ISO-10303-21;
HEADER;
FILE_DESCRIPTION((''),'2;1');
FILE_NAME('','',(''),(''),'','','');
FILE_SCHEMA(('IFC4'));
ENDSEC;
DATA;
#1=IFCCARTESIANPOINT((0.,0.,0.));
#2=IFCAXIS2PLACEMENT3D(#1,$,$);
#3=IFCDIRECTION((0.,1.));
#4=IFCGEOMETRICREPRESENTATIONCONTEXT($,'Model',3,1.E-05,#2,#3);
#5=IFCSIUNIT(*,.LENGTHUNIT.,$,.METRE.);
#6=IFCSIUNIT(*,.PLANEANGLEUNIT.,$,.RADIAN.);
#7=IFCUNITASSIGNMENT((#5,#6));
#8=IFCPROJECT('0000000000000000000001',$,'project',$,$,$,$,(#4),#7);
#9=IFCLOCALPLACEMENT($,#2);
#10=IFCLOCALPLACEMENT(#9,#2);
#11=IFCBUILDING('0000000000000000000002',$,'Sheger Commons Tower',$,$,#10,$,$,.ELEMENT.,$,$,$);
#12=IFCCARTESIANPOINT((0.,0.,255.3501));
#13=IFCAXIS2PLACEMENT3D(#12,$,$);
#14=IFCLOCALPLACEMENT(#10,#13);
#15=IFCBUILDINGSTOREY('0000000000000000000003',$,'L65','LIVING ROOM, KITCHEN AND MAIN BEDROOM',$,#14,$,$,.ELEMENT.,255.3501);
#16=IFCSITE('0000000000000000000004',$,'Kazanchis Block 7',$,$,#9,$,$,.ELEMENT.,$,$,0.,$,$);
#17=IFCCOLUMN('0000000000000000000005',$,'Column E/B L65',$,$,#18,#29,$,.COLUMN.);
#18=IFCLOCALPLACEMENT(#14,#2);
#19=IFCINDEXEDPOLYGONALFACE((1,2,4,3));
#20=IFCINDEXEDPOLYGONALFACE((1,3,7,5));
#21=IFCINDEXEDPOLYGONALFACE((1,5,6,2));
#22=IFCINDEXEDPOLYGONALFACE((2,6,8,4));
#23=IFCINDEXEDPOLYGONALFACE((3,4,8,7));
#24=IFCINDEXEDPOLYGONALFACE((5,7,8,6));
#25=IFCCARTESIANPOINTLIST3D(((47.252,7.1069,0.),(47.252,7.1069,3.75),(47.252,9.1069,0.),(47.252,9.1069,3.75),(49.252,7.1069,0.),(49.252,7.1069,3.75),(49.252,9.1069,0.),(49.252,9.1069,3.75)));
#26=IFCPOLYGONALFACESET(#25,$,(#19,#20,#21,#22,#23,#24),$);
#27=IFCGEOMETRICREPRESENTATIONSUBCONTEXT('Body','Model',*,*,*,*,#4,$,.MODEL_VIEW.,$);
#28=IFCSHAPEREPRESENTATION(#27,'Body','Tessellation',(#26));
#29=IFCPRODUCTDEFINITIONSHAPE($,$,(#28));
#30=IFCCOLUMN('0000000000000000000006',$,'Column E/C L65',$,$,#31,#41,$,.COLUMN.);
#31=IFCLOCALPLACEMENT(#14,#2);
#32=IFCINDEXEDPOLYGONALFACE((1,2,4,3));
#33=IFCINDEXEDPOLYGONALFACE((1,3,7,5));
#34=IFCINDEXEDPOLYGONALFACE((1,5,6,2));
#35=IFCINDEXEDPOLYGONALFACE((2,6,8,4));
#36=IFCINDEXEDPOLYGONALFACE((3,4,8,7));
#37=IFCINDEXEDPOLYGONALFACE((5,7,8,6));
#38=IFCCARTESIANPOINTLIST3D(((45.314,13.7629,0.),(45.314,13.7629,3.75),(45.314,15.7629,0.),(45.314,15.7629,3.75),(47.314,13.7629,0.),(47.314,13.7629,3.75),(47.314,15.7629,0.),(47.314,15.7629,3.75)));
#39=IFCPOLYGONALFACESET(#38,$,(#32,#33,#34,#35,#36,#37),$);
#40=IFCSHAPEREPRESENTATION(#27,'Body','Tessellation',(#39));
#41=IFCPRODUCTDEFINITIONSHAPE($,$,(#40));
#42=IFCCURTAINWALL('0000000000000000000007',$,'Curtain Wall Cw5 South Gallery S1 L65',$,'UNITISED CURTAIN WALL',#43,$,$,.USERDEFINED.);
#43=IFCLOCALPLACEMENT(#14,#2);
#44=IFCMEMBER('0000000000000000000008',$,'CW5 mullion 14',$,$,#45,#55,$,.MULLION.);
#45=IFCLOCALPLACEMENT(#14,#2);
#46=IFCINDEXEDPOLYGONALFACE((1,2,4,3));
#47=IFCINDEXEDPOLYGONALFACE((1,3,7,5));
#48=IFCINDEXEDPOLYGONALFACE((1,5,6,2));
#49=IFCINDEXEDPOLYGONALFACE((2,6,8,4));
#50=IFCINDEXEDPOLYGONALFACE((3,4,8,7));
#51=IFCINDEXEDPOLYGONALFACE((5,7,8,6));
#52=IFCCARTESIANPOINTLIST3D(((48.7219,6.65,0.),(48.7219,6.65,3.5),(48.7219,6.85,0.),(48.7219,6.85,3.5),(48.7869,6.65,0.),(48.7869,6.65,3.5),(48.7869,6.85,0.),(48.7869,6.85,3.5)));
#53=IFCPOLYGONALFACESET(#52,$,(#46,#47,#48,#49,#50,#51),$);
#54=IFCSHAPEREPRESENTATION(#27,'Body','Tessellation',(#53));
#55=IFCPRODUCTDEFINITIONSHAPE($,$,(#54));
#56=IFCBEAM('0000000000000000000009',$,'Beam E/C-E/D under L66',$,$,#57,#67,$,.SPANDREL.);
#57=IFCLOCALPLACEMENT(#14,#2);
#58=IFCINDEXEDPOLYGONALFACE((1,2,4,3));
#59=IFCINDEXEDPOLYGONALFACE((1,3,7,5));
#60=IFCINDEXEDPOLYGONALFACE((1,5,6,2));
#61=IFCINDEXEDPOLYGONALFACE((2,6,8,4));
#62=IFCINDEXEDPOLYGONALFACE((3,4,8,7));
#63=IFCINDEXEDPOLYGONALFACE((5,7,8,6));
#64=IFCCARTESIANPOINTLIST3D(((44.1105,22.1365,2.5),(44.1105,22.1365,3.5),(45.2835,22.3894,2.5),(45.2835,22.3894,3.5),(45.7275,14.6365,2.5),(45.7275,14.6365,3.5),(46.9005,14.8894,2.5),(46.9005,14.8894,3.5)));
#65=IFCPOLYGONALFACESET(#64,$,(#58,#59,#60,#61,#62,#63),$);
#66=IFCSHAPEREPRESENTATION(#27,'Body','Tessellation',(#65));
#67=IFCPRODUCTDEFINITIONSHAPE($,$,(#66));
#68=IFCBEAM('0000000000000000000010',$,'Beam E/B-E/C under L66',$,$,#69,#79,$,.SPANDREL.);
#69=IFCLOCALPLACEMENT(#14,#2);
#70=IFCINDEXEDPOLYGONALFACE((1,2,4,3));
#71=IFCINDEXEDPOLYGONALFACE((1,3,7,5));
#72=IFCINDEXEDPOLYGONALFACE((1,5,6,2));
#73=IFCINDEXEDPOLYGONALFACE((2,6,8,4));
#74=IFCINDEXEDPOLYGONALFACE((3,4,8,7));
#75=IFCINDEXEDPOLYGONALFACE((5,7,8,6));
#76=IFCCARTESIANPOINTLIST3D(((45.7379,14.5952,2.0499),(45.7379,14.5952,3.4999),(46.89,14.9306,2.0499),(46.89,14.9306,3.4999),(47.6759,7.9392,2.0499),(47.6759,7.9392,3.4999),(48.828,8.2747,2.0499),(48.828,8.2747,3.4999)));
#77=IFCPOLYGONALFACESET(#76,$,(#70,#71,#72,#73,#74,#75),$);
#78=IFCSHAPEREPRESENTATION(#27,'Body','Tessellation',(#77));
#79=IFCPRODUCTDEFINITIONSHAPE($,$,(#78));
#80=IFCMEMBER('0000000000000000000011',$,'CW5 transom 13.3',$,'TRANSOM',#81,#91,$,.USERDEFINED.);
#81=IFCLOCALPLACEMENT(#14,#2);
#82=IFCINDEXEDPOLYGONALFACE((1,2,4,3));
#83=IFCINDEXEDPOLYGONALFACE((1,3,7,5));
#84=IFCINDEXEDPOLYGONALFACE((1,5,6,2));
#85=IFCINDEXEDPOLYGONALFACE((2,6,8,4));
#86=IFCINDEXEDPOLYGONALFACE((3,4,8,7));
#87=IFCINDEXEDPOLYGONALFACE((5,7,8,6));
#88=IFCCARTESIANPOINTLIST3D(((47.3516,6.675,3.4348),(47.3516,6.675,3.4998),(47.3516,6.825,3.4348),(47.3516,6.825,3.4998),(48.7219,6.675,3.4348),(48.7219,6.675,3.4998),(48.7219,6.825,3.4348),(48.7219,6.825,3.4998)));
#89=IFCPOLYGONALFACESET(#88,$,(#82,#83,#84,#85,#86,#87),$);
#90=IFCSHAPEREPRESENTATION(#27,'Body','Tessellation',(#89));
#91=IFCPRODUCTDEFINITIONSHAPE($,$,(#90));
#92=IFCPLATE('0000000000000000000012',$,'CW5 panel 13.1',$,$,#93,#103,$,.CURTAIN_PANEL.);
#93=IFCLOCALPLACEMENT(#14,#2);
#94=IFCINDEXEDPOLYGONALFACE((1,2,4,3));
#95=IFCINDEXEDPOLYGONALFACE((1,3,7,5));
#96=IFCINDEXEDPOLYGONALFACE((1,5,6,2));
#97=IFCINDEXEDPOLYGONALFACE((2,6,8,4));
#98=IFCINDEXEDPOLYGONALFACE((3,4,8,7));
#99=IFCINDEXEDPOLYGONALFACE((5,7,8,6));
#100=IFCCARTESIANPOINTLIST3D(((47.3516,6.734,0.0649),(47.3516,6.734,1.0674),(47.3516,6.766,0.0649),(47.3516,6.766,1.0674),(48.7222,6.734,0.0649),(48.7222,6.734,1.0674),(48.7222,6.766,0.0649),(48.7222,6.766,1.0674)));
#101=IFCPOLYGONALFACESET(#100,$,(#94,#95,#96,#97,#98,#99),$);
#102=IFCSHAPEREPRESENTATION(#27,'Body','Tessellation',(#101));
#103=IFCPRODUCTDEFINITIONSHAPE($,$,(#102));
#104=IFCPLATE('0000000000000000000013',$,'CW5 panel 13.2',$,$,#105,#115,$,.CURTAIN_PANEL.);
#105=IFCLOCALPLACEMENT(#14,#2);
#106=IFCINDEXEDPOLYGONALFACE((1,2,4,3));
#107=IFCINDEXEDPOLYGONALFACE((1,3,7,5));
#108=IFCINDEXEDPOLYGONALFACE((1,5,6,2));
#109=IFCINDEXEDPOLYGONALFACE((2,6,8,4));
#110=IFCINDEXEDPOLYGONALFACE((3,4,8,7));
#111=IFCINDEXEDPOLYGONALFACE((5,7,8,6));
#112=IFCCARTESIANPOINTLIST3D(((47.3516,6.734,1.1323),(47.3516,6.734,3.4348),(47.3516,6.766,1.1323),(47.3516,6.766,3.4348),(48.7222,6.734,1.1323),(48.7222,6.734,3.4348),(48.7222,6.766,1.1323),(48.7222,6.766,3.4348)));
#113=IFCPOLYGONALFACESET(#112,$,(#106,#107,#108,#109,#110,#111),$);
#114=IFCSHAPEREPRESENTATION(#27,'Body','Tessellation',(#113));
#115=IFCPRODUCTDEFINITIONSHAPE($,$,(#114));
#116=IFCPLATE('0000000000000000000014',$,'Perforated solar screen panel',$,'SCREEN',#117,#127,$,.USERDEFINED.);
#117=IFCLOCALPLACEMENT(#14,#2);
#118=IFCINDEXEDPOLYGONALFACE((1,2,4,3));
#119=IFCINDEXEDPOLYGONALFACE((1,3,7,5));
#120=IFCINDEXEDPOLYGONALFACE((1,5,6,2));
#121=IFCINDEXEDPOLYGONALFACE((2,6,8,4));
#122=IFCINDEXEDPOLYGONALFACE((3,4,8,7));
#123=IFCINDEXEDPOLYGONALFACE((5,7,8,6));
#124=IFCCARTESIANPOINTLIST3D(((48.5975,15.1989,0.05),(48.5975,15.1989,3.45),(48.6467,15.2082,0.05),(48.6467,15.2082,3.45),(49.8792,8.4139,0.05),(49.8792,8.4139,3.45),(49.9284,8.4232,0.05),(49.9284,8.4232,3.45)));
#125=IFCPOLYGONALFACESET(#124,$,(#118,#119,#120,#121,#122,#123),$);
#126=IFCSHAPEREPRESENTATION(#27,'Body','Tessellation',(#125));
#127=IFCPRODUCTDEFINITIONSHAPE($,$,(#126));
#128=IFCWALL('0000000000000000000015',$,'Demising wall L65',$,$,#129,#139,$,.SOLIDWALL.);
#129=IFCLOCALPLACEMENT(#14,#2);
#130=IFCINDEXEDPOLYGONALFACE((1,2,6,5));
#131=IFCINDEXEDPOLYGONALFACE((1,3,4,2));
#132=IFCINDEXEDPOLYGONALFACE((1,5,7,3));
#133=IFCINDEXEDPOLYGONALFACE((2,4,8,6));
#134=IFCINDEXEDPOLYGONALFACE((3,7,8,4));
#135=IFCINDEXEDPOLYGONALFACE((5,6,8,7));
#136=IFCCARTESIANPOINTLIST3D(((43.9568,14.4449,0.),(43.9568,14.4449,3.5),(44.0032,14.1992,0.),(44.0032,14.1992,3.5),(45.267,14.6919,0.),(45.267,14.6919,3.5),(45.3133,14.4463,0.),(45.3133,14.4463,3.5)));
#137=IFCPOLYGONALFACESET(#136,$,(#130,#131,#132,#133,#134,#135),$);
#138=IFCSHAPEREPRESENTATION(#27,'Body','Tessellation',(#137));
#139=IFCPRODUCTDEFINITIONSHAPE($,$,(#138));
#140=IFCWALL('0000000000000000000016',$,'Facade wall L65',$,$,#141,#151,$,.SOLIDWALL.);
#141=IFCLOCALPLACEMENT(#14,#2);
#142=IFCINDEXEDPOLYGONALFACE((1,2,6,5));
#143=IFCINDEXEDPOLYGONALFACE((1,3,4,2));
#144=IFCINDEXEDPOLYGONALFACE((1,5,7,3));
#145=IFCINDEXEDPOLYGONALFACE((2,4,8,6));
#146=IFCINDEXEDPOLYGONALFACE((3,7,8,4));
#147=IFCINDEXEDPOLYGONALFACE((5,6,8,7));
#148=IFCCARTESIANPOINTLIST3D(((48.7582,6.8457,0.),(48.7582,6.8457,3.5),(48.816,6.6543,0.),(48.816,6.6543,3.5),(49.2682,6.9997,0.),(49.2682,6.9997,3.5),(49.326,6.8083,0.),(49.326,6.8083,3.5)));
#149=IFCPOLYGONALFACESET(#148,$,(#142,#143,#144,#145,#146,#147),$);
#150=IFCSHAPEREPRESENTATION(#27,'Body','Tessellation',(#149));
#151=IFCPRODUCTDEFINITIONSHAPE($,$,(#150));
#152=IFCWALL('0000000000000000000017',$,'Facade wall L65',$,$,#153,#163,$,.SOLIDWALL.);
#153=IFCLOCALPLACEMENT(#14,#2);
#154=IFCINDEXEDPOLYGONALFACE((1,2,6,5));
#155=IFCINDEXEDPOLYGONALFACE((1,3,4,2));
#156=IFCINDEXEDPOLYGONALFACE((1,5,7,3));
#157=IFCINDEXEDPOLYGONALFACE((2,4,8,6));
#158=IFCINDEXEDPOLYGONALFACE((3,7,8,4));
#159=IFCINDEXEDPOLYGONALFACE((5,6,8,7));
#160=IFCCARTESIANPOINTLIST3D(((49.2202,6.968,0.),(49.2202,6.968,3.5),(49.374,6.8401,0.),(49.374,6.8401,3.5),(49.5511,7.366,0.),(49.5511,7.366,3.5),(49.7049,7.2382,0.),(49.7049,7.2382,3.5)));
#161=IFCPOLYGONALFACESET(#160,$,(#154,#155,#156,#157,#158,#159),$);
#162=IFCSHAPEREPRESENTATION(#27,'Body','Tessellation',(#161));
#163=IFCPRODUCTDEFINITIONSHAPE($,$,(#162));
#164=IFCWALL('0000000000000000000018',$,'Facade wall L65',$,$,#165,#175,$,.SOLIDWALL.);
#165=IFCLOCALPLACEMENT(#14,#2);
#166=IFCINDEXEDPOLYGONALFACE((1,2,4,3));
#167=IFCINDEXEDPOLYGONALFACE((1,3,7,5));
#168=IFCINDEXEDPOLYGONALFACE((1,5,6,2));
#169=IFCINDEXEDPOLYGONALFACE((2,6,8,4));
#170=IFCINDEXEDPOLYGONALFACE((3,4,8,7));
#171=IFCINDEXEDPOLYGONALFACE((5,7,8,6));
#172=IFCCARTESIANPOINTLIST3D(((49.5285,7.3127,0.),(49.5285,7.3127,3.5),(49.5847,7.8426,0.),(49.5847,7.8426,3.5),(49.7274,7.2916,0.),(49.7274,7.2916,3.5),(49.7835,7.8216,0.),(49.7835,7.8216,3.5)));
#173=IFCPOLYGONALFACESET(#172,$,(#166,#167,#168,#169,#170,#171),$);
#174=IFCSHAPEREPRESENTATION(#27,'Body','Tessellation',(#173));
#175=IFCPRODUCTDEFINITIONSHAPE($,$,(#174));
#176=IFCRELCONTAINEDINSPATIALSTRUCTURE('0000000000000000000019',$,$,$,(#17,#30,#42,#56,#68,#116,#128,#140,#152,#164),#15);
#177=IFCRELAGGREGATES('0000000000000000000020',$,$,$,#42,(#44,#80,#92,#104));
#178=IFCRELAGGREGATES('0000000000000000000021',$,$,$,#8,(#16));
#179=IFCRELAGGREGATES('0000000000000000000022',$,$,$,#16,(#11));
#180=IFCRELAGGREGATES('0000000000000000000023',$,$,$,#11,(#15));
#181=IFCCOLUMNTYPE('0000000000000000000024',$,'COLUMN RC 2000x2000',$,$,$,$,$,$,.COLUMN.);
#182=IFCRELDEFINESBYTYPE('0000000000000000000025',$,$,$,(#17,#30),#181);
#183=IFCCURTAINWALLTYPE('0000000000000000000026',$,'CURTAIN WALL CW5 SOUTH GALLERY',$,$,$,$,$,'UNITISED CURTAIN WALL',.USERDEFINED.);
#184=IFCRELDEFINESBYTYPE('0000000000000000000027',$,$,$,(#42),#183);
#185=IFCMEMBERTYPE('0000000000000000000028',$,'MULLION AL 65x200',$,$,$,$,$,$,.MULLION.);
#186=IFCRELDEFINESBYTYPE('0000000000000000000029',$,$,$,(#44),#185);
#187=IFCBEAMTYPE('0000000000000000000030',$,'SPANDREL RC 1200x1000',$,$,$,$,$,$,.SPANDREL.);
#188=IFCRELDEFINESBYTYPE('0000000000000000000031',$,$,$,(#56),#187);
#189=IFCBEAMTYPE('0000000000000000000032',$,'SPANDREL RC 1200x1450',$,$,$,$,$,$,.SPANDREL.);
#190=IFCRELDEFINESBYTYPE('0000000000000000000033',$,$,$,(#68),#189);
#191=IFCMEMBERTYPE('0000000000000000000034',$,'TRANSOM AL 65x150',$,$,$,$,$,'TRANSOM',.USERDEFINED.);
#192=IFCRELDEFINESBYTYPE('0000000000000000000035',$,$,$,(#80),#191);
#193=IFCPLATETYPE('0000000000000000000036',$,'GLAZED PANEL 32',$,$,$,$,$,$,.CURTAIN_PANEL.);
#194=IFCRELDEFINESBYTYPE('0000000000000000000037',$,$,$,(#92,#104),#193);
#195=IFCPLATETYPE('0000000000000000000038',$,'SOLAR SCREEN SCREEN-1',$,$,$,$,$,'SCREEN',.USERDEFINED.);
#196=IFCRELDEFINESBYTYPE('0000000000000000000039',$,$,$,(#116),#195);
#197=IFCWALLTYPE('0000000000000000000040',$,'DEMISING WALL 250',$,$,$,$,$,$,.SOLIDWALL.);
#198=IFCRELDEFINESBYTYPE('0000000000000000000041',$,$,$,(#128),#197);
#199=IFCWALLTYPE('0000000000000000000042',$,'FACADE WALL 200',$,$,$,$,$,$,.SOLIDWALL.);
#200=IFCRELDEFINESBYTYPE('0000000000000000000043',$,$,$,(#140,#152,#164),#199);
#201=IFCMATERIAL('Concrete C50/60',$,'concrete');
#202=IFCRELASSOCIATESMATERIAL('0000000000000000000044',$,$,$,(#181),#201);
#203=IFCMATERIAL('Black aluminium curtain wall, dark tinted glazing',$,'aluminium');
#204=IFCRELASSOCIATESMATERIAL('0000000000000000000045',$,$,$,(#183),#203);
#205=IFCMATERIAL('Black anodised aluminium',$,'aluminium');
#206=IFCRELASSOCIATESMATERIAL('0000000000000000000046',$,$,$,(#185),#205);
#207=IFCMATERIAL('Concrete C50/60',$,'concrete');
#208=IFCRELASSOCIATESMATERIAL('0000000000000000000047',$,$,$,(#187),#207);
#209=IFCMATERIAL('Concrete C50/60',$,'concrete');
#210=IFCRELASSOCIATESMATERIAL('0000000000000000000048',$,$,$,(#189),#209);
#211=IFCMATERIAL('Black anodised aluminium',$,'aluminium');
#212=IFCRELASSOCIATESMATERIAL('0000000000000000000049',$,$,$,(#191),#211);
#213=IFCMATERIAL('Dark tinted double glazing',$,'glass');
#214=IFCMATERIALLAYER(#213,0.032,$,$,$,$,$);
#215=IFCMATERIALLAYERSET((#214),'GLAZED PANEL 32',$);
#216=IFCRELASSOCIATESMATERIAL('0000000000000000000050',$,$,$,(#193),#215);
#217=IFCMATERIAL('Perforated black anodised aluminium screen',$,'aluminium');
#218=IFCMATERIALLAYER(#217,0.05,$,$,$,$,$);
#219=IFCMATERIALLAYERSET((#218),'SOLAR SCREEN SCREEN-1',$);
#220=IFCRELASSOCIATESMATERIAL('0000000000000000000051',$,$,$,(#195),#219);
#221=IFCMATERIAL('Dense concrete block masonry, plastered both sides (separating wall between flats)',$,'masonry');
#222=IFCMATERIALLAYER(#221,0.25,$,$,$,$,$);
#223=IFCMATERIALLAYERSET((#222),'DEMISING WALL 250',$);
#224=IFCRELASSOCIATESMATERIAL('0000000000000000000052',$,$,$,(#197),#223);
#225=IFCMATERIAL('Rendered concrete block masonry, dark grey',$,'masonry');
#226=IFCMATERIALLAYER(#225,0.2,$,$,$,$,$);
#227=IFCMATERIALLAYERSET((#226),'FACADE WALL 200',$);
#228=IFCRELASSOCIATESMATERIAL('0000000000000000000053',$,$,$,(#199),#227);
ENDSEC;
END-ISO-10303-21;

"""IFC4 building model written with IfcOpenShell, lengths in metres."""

from ifc_helpers import new_model, si_unit, direction, frame, frame_2d, origin, origin_2d, place, context, subcontext, project, spatial, rectangle, extrude, material, layer, layer_set, material_profile, profile_set, type_object, element, aggregate, save


model = new_model("IFC4")

# Units and contexts
model_context = context("Model", 3, precision=1e-05, world=origin(), true_north=direction((0.0, 1.0)))
body_context = subcontext(model_context, "Body", "Model", "MODEL_VIEW")
ifc_project = project(units=[si_unit("LENGTHUNIT", "METRE"), si_unit("PLANEANGLEUNIT", "RADIAN")], contexts=[model_context])

# Site, building, storey
site_placement = place(None, origin())
site = spatial("IfcSite", under=ifc_project, at=site_placement, Name="Kazanchis Block 7", CompositionType="ELEMENT", RefElevation=0.0)
building_placement = place(site_placement, origin())
building = spatial("IfcBuilding", under=site, at=building_placement, Name="Sheger Commons Tower", CompositionType="ELEMENT")
storey_placement = place(building_placement, frame((0.0, 0.0, 255.3501)))
storey = spatial("IfcBuildingStorey", under=building, at=storey_placement, Name="L65", Description="LIVING ROOM, KITCHEN AND MAIN BEDROOM", CompositionType="ELEMENT", Elevation=255.3501)

# Columns
ifc_material_1 = material(Name="Concrete C50/60", Category="concrete")
ifc_material_profile_1 = material_profile(ifc_material_1, rectangle(XDim=2.0, YDim=2.0, at=origin_2d()), Name="RC 2000x2000")
ifc_profile_set_1 = profile_set([ifc_material_profile_1], Name="Concrete C50/60")
column_type = type_object("IfcColumnType", Name="COLUMN RC 2000x2000", PredefinedType="COLUMN", material=ifc_profile_set_1)
for number, where, z_axis, x_axis, name in (
    (1, (48.252, 8.1069, 0.0), (0.0, 0.0, 1.0), (1.0, 0.0, 0.0), "Column E/B L65"),
    (2, (46.314, 14.7629, 0.0), (0.0, 0.0, 1.0), (1.0, 0.0, 0.0), "Column E/C L65"),
):
    element("IfcColumn", number, at=place(storey_placement, frame(where, z_axis=z_axis, x_axis=x_axis)), inside=storey, type_object=column_type, Name=name, PredefinedType="COLUMN", context=body_context, shape_type="SweptSolid", body=[
        extrude(rectangle(XDim=2.0, YDim=2.0, at=origin_2d()), origin(), (0.0, 0.0, 1.0), 3.75),
    ])

# Curtain wall, member
ifc_material_2 = material(Name="Black aluminium curtain wall, dark tinted glazing", Category="aluminium")
curtain_wall_type = type_object("IfcCurtainWallType", Name="CURTAIN WALL CW5 SOUTH GALLERY", ElementType="UNITISED CURTAIN WALL", PredefinedType="USERDEFINED", material=ifc_material_2)
curtain_wall_placement = place(storey_placement, origin())
curtain_wall = element("IfcCurtainWall", 3, at=curtain_wall_placement, inside=storey, type_object=curtain_wall_type, Name="Curtain Wall Cw5 South Gallery S1 L65", ObjectType="UNITISED CURTAIN WALL", PredefinedType="USERDEFINED")
ifc_material_3 = material(Name="Black anodised aluminium", Category="aluminium")
ifc_material_profile_2 = material_profile(ifc_material_3, rectangle(XDim=0.2, YDim=0.0649, at=origin_2d()), Name="AL 65x200")
ifc_profile_set_2 = profile_set([ifc_material_profile_2], Name="Black anodised aluminium")
member_type_1 = type_object("IfcMemberType", Name="MULLION AL 65x200", PredefinedType="MULLION", material=ifc_profile_set_2)
member_1_placement = place(storey_placement, frame((48.7544, 6.75, 0.0), z_axis=(0.0, 0.0, 1.0), x_axis=(0.0, 1.0, 0.0)))
member_1 = element("IfcMember", 4, at=member_1_placement, type_object=member_type_1, Name="CW5 mullion 14", PredefinedType="MULLION", context=body_context, shape_type="SweptSolid", body=[
    extrude(rectangle(XDim=0.2, YDim=0.0649, at=origin_2d()), origin(), (0.0, 0.0, 1.0), 3.5),
])

# Beams
ifc_material_4 = material(Name="Concrete C50/60", Category="concrete")
ifc_material_profile_3 = material_profile(ifc_material_4, rectangle(XDim=1.2, YDim=1.0, at=origin_2d()), Name="RC 1200x1000")
ifc_profile_set_3 = profile_set([ifc_material_profile_3], Name="Concrete C50/60")
beam_type_1 = type_object("IfcBeamType", Name="SPANDREL RC 1200x1000", PredefinedType="SPANDREL", material=ifc_profile_set_3)
beam_1_placement = place(storey_placement, frame((46.314, 14.7629, 3.0), z_axis=(-0.21075, 0.97754, 0.0), x_axis=(-0.97754, -0.21075, 0.0)))
element("IfcBeam", 5, at=beam_1_placement, inside=storey, type_object=beam_type_1, Name="Beam E/C-E/D under L66", PredefinedType="SPANDREL", context=body_context, shape_type="SweptSolid", body=[
    extrude(rectangle(XDim=1.2, YDim=1.0, at=origin_2d()), origin(), (0.0, 0.0, 1.0), 7.6724),
])
ifc_material_5 = material(Name="Concrete C50/60", Category="concrete")
ifc_material_profile_4 = material_profile(ifc_material_5, rectangle(XDim=1.2, YDim=1.45, at=origin_2d()), Name="RC 1200x1450")
ifc_profile_set_4 = profile_set([ifc_material_profile_4], Name="Concrete C50/60")
beam_type_2 = type_object("IfcBeamType", Name="SPANDREL RC 1200x1450", PredefinedType="SPANDREL", material=ifc_profile_set_4)
beam_2_placement = place(storey_placement, frame((48.252, 8.1069, 2.7749), z_axis=(-0.279555, 0.96013, 0.0), x_axis=(-0.96013, -0.279555, 0.0)))
element("IfcBeam", 6, at=beam_2_placement, inside=storey, type_object=beam_type_2, Name="Beam E/B-E/C under L66", PredefinedType="SPANDREL", context=body_context, shape_type="SweptSolid", body=[
    extrude(rectangle(XDim=1.2, YDim=1.45, at=origin_2d()), origin(), (0.0, 0.0, 1.0), 6.9324),
])

# Member
ifc_material_6 = material(Name="Black anodised aluminium", Category="aluminium")
ifc_material_profile_5 = material_profile(ifc_material_6, rectangle(XDim=0.1499, YDim=0.0649, at=origin_2d()), Name="AL 65x150")
ifc_profile_set_5 = profile_set([ifc_material_profile_5], Name="Black anodised aluminium")
member_type_2 = type_object("IfcMemberType", Name="TRANSOM AL 65x150", ElementType="TRANSOM", PredefinedType="USERDEFINED", material=ifc_profile_set_5)
member_2_placement = place(storey_placement, frame((47.3516, 6.75, 3.4673), z_axis=(1.0, 0.0, 0.0), x_axis=(0.0, 1.0, 0.0)))
member_2 = element("IfcMember", 7, at=member_2_placement, type_object=member_type_2, Name="CW5 transom 13.3", ObjectType="TRANSOM", PredefinedType="USERDEFINED", context=body_context, shape_type="SweptSolid", body=[
    extrude(rectangle(XDim=0.1499, YDim=0.0649, at=origin_2d()), origin(), (0.0, 0.0, 1.0), 1.3704),
])

# Plates
ifc_material_7 = material(Name="Dark tinted double glazing", Category="glass")
ifc_layer_1 = layer(ifc_material_7, 0.032)
ifc_layer_set_1 = layer_set([ifc_layer_1], Name="GLAZED PANEL 32")
plate_type_1 = type_object("IfcPlateType", Name="GLAZED PANEL 32", PredefinedType="CURTAIN_PANEL", material=ifc_layer_set_1)
plate_1_placement = place(storey_placement, frame((48.0369, 6.75, 0.0649), z_axis=(0.0, 0.0, 1.0), x_axis=(1.0, 0.0, 0.0)))
plate_1 = element("IfcPlate", 8, at=plate_1_placement, type_object=plate_type_1, Name="CW5 panel 13.1", PredefinedType="CURTAIN_PANEL", context=body_context, shape_type="SweptSolid", body=[
    extrude(rectangle(XDim=1.3706, YDim=0.032, at=origin_2d()), origin(), (0.0, 0.0, 1.0), 1.0024),
])
plate_2_placement = place(storey_placement, frame((48.0369, 6.75, 1.1323), z_axis=(0.0, 0.0, 1.0), x_axis=(1.0, 0.0, 0.0)))
plate_2 = element("IfcPlate", 9, at=plate_2_placement, type_object=plate_type_1, Name="CW5 panel 13.2", PredefinedType="CURTAIN_PANEL", context=body_context, shape_type="SweptSolid", body=[
    extrude(rectangle(XDim=1.3706, YDim=0.032, at=origin_2d()), origin(), (0.0, 0.0, 1.0), 2.3025),
])
aggregate(curtain_wall, [member_1, member_2, plate_1, plate_2])
ifc_material_8 = material(Name="Perforated black anodised aluminium screen", Category="aluminium")
ifc_layer_2 = layer(ifc_material_8, 0.05)
ifc_layer_set_2 = layer_set([ifc_layer_2], Name="SOLAR SCREEN SCREEN-1")
plate_type_2 = type_object("IfcPlateType", Name="SOLAR SCREEN SCREEN-1", ElementType="SCREEN", PredefinedType="USERDEFINED", material=ifc_layer_set_2)
plate_3_placement = place(storey_placement, frame((49.2629, 11.811, 0.05), z_axis=(0.0, 0.0, 1.0), x_axis=(-0.185615, 0.982623, 0.0)))
element("IfcPlate", 10, at=plate_3_placement, inside=storey, type_object=plate_type_2, Name="Perforated solar screen panel", ObjectType="SCREEN", PredefinedType="USERDEFINED", context=body_context, shape_type="SweptSolid", body=[
    extrude(rectangle(XDim=6.905, YDim=0.05, at=origin_2d()), origin(), (0.0, 0.0, 1.0), 3.3999),
])

# Walls
ifc_material_9 = material(Name="Dense concrete block masonry, plastered both sides (separating wall between flats)", Category="masonry")
ifc_layer_3 = layer(ifc_material_9, 0.25)
ifc_layer_set_3 = layer_set([ifc_layer_3], Name="DEMISING WALL 250")
wall_type_1 = type_object("IfcWallType", Name="DEMISING WALL 250", PredefinedType="SOLIDWALL", material=ifc_layer_set_3)
wall_1_placement = place(storey_placement, frame((45.29, 14.5691, 0.0), z_axis=(0.0, 0.0, 1.0), x_axis=(-0.982677, -0.185328, 0.0)))
element("IfcWall", 11, at=wall_1_placement, inside=storey, type_object=wall_type_1, Name="Demising wall L65", PredefinedType="SOLIDWALL", context=body_context, shape_type="SweptSolid", body=[
    extrude(rectangle(XDim=1.3333, YDim=0.25, at=frame_2d((0.6665, 0.0))), origin(), (0.0, 0.0, 1.0), 3.5),
])
ifc_material_10 = material(Name="Rendered concrete block masonry, dark grey", Category="masonry")
ifc_layer_4 = layer(ifc_material_10, 0.2)
ifc_layer_set_4 = layer_set([ifc_layer_4], Name="FACADE WALL 200")
wall_type_2 = type_object("IfcWallType", Name="FACADE WALL 200", PredefinedType="SOLIDWALL", material=ifc_layer_set_4)
wall_2_placement = place(storey_placement, frame((48.7871, 6.75, 0.0), z_axis=(0.0, 0.0, 1.0), x_axis=(0.957282, 0.289155, 0.0)))
element("IfcWall", 12, at=wall_2_placement, inside=storey, type_object=wall_type_2, Name="Facade wall L65", PredefinedType="SOLIDWALL", context=body_context, shape_type="SweptSolid", body=[
    extrude(rectangle(XDim=0.5327, YDim=0.2, at=frame_2d((0.2664, 0.0))), origin(), (0.0, 0.0, 1.0), 3.5),
])
wall_3_placement = place(storey_placement, frame((49.2971, 6.9041, 0.0), z_axis=(0.0, 0.0, 1.0), x_axis=(0.639256, 0.768994, 0.0)))
element("IfcWall", 13, at=wall_3_placement, inside=storey, type_object=wall_type_2, Name="Facade wall L65", PredefinedType="SOLIDWALL", context=body_context, shape_type="SweptSolid", body=[
    extrude(rectangle(XDim=0.5176, YDim=0.2, at=frame_2d((0.2588, 0.0))), origin(), (0.0, 0.0, 1.0), 3.5),
])
wall_4_placement = place(storey_placement, frame((49.6279, 7.302, 0.0), z_axis=(0.0, 0.0, 1.0), x_axis=(0.105352, 0.994435, 0.0)))
element("IfcWall", 14, at=wall_4_placement, inside=storey, type_object=wall_type_2, Name="Facade wall L65", PredefinedType="SOLIDWALL", context=body_context, shape_type="SweptSolid", body=[
    extrude(rectangle(XDim=0.533, YDim=0.2, at=frame_2d((0.2666, 0.0))), origin(), (0.0, 0.0, 1.0), 3.5),
])

save(model, "model.ifc")
